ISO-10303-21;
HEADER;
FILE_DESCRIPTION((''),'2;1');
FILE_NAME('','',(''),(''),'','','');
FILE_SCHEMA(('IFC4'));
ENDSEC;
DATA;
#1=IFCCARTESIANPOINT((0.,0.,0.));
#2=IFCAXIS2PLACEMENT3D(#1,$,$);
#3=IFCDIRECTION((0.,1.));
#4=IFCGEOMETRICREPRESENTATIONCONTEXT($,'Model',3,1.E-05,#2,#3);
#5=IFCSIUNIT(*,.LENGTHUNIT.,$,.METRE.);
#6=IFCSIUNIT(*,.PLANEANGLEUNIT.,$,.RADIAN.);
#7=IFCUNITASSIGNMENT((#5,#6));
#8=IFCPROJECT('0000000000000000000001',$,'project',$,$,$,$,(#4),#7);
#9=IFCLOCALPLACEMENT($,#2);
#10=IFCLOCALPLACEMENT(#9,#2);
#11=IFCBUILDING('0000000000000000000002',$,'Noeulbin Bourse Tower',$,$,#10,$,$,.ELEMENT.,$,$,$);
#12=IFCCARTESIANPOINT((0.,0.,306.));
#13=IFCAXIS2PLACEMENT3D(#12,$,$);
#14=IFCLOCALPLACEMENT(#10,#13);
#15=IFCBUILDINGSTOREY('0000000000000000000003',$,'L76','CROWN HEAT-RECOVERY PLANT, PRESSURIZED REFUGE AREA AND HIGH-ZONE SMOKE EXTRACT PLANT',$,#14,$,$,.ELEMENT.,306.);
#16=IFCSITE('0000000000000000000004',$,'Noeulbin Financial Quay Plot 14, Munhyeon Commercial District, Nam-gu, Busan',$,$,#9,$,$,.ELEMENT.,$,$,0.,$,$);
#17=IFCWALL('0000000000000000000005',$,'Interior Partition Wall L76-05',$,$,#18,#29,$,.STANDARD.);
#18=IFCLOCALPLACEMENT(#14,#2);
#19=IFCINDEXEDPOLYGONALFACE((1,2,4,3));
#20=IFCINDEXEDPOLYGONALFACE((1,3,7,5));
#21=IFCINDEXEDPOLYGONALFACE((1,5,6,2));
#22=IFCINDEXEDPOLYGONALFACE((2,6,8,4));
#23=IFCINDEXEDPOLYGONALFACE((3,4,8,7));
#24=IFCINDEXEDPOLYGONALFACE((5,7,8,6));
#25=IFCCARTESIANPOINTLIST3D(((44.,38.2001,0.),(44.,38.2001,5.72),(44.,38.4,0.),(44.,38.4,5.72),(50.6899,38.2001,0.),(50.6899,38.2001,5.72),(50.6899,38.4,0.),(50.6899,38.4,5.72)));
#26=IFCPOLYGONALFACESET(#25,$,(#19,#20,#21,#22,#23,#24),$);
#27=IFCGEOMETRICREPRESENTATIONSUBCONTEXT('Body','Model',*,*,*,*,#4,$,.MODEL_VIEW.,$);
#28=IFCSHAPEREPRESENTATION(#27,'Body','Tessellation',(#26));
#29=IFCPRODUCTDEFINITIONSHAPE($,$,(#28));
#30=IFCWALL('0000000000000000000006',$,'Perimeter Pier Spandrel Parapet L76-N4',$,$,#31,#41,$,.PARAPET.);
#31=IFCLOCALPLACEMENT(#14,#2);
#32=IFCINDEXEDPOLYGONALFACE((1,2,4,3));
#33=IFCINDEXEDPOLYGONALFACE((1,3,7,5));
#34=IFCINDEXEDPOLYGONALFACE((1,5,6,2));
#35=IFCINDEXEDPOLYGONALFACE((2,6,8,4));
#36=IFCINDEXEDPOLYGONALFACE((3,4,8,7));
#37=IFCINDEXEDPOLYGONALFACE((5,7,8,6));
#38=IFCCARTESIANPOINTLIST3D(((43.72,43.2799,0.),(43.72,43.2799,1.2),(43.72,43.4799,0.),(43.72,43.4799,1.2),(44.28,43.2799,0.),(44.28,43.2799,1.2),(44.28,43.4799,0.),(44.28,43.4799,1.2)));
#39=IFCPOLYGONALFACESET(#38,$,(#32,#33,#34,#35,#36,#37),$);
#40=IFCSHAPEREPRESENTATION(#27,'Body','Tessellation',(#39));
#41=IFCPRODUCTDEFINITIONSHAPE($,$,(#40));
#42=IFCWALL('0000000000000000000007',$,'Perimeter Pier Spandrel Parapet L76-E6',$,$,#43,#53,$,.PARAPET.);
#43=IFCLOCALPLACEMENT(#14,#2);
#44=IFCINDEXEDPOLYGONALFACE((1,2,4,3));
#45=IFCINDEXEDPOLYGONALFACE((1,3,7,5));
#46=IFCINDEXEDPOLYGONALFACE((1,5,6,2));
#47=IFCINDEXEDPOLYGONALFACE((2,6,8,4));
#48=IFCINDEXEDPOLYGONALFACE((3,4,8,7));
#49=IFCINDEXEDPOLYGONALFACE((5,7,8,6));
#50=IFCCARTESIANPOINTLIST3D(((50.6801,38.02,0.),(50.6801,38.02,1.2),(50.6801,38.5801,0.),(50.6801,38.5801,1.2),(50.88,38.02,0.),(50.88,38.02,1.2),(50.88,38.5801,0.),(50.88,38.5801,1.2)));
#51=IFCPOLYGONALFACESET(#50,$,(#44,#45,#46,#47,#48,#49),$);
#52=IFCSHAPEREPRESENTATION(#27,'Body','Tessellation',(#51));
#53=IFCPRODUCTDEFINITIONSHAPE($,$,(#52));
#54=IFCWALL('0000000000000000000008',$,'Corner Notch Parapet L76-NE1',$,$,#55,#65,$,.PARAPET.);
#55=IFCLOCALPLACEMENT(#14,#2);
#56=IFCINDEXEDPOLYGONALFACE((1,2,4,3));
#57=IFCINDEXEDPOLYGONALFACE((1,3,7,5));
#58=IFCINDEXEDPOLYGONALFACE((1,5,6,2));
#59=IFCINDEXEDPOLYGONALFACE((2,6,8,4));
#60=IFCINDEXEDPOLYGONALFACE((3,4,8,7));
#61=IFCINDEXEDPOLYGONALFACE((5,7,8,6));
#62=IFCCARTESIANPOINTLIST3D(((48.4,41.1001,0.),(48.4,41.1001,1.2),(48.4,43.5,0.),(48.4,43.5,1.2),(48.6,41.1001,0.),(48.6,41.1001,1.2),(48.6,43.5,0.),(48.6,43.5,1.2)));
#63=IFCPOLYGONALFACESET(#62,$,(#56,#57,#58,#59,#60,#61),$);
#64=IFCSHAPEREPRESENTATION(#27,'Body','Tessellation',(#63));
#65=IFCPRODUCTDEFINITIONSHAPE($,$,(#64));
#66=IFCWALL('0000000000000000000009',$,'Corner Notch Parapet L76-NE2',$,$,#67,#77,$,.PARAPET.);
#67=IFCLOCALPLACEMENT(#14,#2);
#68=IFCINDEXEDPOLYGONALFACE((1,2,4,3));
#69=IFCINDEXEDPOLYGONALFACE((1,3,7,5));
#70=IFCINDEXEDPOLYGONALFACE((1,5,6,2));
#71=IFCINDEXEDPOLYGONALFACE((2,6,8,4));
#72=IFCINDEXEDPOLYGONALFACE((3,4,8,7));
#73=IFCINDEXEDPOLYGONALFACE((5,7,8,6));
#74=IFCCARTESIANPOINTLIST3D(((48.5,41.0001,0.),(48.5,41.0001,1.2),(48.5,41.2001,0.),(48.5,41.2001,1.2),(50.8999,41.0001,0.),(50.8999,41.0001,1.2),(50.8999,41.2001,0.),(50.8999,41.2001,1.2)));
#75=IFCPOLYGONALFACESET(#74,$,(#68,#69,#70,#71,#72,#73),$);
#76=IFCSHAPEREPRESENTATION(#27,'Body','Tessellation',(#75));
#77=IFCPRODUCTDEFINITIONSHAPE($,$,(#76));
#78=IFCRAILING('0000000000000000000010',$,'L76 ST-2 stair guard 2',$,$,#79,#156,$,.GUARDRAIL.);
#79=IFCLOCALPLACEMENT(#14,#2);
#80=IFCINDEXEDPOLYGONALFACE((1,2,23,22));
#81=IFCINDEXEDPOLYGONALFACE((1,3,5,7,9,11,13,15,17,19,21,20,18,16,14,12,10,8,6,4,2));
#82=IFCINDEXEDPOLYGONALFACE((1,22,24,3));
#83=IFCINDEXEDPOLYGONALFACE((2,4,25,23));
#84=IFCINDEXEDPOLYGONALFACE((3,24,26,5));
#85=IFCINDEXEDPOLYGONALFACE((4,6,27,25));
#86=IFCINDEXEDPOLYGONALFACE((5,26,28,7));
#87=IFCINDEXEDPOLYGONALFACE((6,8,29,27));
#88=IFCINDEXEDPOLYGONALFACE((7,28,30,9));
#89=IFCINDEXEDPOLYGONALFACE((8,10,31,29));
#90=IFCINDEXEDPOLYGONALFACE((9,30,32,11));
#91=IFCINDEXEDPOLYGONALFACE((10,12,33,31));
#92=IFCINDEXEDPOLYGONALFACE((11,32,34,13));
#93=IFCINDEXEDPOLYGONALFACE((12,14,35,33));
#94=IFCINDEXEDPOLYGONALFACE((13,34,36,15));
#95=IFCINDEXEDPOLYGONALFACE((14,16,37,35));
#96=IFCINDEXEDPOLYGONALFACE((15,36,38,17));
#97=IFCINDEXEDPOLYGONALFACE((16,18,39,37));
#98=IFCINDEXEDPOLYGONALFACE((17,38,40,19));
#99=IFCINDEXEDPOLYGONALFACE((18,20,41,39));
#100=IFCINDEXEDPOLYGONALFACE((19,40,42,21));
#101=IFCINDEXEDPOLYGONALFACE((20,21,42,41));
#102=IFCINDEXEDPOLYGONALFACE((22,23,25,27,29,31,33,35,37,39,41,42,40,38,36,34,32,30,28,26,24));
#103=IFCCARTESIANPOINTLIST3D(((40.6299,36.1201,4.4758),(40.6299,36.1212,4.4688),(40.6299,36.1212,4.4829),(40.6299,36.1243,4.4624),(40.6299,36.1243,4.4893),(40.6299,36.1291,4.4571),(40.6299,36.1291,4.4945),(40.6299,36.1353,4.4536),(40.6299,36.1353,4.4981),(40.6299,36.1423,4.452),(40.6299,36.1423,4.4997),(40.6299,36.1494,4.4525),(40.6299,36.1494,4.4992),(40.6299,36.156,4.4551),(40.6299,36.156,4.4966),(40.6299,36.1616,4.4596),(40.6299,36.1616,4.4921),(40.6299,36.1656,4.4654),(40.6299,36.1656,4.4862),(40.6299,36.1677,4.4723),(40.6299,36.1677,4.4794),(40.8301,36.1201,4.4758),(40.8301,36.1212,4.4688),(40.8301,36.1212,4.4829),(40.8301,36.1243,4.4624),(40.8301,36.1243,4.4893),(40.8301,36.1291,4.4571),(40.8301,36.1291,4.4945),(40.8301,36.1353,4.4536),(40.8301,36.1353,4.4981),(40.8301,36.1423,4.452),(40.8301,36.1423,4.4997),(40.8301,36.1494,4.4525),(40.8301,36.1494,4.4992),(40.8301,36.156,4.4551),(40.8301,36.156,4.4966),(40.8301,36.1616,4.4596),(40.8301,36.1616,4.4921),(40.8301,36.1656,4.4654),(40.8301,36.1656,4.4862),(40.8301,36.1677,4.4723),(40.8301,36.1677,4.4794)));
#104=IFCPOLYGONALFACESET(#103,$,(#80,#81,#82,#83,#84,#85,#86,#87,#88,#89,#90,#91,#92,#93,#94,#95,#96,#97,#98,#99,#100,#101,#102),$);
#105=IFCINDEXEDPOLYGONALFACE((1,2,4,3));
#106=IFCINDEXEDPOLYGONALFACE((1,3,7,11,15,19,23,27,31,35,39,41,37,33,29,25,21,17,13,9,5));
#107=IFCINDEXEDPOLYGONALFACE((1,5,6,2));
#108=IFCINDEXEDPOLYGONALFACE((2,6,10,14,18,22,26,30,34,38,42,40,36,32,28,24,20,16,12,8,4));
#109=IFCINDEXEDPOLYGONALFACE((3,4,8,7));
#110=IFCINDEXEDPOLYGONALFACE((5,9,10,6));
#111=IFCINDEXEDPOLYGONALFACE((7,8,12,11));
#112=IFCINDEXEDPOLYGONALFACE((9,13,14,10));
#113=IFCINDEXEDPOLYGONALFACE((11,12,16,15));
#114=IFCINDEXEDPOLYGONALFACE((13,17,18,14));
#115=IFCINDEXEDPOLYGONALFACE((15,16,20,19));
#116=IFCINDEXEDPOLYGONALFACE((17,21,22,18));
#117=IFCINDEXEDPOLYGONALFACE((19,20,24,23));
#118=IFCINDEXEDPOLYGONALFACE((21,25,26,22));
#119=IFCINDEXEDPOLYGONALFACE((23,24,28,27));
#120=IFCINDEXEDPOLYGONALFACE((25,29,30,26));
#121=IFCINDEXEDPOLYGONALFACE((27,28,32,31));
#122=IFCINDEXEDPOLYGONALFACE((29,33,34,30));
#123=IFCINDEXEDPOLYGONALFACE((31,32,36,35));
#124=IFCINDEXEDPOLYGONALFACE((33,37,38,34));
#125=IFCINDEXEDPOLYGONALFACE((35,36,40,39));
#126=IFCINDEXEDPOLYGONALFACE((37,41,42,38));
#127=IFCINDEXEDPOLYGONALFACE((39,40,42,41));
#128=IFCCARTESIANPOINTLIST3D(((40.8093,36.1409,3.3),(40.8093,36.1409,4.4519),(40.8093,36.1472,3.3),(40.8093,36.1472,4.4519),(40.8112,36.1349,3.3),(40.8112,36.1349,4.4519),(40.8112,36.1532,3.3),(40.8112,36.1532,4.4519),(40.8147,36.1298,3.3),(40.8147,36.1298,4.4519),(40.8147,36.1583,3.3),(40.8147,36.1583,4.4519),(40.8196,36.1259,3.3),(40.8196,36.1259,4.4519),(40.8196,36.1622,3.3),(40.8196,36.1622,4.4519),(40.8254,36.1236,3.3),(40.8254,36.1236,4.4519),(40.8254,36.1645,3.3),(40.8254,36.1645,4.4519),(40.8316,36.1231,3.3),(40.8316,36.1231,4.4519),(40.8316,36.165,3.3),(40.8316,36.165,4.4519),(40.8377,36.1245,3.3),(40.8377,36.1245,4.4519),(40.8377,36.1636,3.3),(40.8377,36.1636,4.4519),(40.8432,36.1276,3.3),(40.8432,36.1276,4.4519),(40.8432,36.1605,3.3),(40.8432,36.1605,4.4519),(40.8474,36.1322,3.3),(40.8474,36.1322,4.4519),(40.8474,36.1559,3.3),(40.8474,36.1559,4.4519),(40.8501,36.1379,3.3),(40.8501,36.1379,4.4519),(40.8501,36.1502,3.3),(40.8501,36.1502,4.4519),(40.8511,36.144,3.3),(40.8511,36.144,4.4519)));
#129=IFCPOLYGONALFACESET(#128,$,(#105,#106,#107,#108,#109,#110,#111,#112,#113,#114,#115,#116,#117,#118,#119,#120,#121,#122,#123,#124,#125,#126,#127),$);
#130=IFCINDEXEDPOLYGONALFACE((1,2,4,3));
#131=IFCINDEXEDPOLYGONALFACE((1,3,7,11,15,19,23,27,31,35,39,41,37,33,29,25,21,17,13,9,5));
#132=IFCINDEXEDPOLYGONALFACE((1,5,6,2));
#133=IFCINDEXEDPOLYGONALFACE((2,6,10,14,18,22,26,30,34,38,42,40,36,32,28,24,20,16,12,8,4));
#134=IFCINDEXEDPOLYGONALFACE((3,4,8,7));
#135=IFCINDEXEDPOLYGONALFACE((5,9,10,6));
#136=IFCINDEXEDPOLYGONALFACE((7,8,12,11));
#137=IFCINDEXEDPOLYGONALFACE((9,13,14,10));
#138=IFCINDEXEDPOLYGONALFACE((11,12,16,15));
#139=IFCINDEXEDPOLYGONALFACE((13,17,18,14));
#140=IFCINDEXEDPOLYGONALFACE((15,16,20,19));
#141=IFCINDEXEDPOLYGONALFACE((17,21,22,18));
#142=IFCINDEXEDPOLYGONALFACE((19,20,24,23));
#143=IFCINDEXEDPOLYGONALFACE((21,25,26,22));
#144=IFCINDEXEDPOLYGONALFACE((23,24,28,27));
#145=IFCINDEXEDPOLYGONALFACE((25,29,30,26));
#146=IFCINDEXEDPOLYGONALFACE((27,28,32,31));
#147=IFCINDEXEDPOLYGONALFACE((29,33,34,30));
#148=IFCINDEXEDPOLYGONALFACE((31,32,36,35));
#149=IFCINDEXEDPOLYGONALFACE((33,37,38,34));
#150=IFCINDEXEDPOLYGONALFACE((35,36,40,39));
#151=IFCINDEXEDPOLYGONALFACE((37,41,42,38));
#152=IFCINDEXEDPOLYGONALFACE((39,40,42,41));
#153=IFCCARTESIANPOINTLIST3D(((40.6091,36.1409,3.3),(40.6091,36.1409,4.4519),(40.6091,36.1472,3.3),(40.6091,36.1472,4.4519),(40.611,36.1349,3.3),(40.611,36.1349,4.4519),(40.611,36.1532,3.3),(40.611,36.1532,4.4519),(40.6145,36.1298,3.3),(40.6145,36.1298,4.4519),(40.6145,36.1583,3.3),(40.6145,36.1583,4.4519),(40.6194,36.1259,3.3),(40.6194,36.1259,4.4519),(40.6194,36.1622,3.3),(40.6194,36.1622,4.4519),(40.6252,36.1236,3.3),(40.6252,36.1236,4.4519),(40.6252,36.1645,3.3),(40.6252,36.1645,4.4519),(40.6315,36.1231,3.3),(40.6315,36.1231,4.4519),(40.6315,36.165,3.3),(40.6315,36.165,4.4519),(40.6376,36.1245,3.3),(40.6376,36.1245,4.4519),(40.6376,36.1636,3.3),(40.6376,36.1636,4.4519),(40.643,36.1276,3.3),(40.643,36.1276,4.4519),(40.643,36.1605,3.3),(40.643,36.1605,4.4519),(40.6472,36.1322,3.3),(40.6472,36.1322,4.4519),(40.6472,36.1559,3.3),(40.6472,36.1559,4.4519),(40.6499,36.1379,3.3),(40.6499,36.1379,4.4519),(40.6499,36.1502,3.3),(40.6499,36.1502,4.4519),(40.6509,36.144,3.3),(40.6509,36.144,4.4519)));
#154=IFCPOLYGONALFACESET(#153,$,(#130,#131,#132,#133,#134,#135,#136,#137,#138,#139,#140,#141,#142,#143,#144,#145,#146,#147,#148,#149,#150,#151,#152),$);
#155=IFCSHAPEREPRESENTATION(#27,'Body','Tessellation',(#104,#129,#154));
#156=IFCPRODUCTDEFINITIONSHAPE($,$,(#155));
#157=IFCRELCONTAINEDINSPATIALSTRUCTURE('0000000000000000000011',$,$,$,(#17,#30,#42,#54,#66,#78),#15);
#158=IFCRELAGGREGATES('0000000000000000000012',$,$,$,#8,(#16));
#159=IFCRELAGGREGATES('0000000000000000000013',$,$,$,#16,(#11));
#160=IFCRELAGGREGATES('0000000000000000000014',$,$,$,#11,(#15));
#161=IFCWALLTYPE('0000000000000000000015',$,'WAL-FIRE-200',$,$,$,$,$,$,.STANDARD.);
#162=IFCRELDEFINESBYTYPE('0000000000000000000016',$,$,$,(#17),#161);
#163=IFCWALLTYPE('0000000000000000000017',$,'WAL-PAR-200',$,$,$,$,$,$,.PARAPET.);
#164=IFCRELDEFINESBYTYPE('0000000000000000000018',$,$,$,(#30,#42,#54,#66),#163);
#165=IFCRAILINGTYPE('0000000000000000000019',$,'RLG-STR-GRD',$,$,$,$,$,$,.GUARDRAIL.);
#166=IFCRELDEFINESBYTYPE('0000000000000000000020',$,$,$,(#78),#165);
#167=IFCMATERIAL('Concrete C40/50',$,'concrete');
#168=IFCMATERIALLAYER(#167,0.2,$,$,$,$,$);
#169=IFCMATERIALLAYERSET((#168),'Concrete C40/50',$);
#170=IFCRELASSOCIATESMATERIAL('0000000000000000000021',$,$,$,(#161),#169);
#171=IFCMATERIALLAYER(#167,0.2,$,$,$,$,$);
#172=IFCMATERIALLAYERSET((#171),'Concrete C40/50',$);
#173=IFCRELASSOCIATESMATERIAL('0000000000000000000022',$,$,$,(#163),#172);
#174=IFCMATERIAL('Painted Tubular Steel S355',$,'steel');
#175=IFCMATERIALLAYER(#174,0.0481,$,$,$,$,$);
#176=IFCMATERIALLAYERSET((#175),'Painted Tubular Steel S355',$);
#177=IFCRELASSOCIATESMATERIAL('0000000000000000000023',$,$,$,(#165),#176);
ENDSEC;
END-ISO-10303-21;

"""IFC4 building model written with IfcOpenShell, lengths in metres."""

from ifc_helpers import new_model, si_unit, direction, frame, frame_2d, origin, origin_2d, place, context, subcontext, project, spatial, rectangle, circle, extrude, material, layer, layer_set, type_object, element, save


model = new_model("IFC4")

# Units and contexts
model_context = context("Model", 3, precision=1e-05, world=origin(), true_north=direction((0.0, 1.0)))
body_context = subcontext(model_context, "Body", "Model", "MODEL_VIEW")
ifc_project = project(units=[si_unit("LENGTHUNIT", "METRE"), si_unit("PLANEANGLEUNIT", "RADIAN")], contexts=[model_context])

# Site, building, storey
site_placement = place(None, origin())
site = spatial("IfcSite", under=ifc_project, at=site_placement, Name="Noeulbin Financial Quay Plot 14, Munhyeon Commercial District, Nam-gu, Busan", CompositionType="ELEMENT", RefElevation=0.0)
building_placement = place(site_placement, origin())
building = spatial("IfcBuilding", under=site, at=building_placement, Name="Noeulbin Bourse Tower", CompositionType="ELEMENT")
storey_placement = place(building_placement, frame((0.0, 0.0, 306.0)))
storey = spatial("IfcBuildingStorey", under=building, at=storey_placement, Name="L76", Description="CROWN HEAT-RECOVERY PLANT, PRESSURIZED REFUGE AREA AND HIGH-ZONE SMOKE EXTRACT PLANT", CompositionType="ELEMENT", Elevation=306.0)

# Walls
ifc_material_1 = material(Name="Concrete C40/50", Category="concrete")
ifc_layer_1 = layer(ifc_material_1, 0.2)
ifc_layer_set_1 = layer_set([ifc_layer_1], Name="Concrete C40/50")
wall_type_1 = type_object("IfcWallType", Name="WAL-FIRE-200", PredefinedType="STANDARD", material=ifc_layer_set_1)
wall_placement = place(storey_placement, frame((44.0, 38.3, 0.0), z_axis=(0.0, 0.0, 1.0), x_axis=(1.0, 0.0, 0.0)))
element("IfcWall", 1, at=wall_placement, inside=storey, type_object=wall_type_1, Name="Interior Partition Wall L76-05", PredefinedType="STANDARD", context=body_context, shape_type="SweptSolid", body=[
    extrude(rectangle(XDim=6.6899, YDim=0.2, at=frame_2d((3.345, 0.0))), origin(), (0.0, 0.0, 1.0), 5.72),
])
ifc_layer_2 = layer(ifc_material_1, 0.2)
ifc_layer_set_2 = layer_set([ifc_layer_2], Name="Concrete C40/50")
wall_type_2 = type_object("IfcWallType", Name="WAL-PAR-200", PredefinedType="PARAPET", material=ifc_layer_set_2)
for number, where, z_axis, x_axis, name in (
    (2, (43.72, 43.3799, 0.0), (0.0, 0.0, 1.0), (1.0, 0.0, 0.0), "Perimeter Pier Spandrel Parapet L76-N4"),
    (3, (50.78, 38.02, 0.0), (0.0, 0.0, 1.0), (0.0, 1.0, 0.0), "Perimeter Pier Spandrel Parapet L76-E6"),
):
    element("IfcWall", number, at=place(storey_placement, frame(where, z_axis=z_axis, x_axis=x_axis)), inside=storey, type_object=wall_type_2, Name=name, PredefinedType="PARAPET", context=body_context, shape_type="SweptSolid", body=[
        extrude(rectangle(XDim=0.5601, YDim=0.2, at=frame_2d((0.28, 0.0))), origin(), (0.0, 0.0, 1.0), 1.2),
    ])
for number, where, z_axis, x_axis, name in (
    (4, (48.5, 43.5, 0.0), (0.0, 0.0, 1.0), (0.0, -1.0, 0.0), "Corner Notch Parapet L76-NE1"),
    (5, (48.5, 41.1001, 0.0), (0.0, 0.0, 1.0), (1.0, 0.0, 0.0), "Corner Notch Parapet L76-NE2"),
):
    element("IfcWall", number, at=place(storey_placement, frame(where, z_axis=z_axis, x_axis=x_axis)), inside=storey, type_object=wall_type_2, Name=name, PredefinedType="PARAPET", context=body_context, shape_type="SweptSolid", body=[
        extrude(rectangle(XDim=2.3999, YDim=0.2, at=frame_2d((1.2, 0.0))), origin(), (0.0, 0.0, 1.0), 1.2),
    ])

# Railing
ifc_material_2 = material(Name="Painted Tubular Steel S355", Category="steel")
ifc_layer_3 = layer(ifc_material_2, 0.0481)
ifc_layer_set_3 = layer_set([ifc_layer_3], Name="Painted Tubular Steel S355")
railing_type = type_object("IfcRailingType", Name="RLG-STR-GRD", PredefinedType="GUARDRAIL", material=ifc_layer_set_3)
railing_placement = place(storey_placement, frame((40.8301, 36.144, 3.3)))
element("IfcRailing", 6, at=railing_placement, inside=storey, type_object=railing_type, Name="L76 ST-2 stair guard 2", PredefinedType="GUARDRAIL", context=body_context, shape_type="SweptSolid", body=[
    extrude(circle(Radius=0.0239, at=origin_2d()), frame((0.0, 0.0, 1.1758), z_axis=(-1.0, 0.0, 0.0), x_axis=(0.0, -1.0, 0.0)), (0.0, 0.0, 1.0), 0.2002),
    extrude(circle(Radius=0.021, at=origin_2d()), origin(), (0.0, 0.0, 1.0), 1.1519),
    extrude(circle(Radius=0.021, at=origin_2d()), frame((-0.2002, 0.0, 0.0)), (0.0, 0.0, 1.0), 1.1519),
])

save(model, "model.ifc")
